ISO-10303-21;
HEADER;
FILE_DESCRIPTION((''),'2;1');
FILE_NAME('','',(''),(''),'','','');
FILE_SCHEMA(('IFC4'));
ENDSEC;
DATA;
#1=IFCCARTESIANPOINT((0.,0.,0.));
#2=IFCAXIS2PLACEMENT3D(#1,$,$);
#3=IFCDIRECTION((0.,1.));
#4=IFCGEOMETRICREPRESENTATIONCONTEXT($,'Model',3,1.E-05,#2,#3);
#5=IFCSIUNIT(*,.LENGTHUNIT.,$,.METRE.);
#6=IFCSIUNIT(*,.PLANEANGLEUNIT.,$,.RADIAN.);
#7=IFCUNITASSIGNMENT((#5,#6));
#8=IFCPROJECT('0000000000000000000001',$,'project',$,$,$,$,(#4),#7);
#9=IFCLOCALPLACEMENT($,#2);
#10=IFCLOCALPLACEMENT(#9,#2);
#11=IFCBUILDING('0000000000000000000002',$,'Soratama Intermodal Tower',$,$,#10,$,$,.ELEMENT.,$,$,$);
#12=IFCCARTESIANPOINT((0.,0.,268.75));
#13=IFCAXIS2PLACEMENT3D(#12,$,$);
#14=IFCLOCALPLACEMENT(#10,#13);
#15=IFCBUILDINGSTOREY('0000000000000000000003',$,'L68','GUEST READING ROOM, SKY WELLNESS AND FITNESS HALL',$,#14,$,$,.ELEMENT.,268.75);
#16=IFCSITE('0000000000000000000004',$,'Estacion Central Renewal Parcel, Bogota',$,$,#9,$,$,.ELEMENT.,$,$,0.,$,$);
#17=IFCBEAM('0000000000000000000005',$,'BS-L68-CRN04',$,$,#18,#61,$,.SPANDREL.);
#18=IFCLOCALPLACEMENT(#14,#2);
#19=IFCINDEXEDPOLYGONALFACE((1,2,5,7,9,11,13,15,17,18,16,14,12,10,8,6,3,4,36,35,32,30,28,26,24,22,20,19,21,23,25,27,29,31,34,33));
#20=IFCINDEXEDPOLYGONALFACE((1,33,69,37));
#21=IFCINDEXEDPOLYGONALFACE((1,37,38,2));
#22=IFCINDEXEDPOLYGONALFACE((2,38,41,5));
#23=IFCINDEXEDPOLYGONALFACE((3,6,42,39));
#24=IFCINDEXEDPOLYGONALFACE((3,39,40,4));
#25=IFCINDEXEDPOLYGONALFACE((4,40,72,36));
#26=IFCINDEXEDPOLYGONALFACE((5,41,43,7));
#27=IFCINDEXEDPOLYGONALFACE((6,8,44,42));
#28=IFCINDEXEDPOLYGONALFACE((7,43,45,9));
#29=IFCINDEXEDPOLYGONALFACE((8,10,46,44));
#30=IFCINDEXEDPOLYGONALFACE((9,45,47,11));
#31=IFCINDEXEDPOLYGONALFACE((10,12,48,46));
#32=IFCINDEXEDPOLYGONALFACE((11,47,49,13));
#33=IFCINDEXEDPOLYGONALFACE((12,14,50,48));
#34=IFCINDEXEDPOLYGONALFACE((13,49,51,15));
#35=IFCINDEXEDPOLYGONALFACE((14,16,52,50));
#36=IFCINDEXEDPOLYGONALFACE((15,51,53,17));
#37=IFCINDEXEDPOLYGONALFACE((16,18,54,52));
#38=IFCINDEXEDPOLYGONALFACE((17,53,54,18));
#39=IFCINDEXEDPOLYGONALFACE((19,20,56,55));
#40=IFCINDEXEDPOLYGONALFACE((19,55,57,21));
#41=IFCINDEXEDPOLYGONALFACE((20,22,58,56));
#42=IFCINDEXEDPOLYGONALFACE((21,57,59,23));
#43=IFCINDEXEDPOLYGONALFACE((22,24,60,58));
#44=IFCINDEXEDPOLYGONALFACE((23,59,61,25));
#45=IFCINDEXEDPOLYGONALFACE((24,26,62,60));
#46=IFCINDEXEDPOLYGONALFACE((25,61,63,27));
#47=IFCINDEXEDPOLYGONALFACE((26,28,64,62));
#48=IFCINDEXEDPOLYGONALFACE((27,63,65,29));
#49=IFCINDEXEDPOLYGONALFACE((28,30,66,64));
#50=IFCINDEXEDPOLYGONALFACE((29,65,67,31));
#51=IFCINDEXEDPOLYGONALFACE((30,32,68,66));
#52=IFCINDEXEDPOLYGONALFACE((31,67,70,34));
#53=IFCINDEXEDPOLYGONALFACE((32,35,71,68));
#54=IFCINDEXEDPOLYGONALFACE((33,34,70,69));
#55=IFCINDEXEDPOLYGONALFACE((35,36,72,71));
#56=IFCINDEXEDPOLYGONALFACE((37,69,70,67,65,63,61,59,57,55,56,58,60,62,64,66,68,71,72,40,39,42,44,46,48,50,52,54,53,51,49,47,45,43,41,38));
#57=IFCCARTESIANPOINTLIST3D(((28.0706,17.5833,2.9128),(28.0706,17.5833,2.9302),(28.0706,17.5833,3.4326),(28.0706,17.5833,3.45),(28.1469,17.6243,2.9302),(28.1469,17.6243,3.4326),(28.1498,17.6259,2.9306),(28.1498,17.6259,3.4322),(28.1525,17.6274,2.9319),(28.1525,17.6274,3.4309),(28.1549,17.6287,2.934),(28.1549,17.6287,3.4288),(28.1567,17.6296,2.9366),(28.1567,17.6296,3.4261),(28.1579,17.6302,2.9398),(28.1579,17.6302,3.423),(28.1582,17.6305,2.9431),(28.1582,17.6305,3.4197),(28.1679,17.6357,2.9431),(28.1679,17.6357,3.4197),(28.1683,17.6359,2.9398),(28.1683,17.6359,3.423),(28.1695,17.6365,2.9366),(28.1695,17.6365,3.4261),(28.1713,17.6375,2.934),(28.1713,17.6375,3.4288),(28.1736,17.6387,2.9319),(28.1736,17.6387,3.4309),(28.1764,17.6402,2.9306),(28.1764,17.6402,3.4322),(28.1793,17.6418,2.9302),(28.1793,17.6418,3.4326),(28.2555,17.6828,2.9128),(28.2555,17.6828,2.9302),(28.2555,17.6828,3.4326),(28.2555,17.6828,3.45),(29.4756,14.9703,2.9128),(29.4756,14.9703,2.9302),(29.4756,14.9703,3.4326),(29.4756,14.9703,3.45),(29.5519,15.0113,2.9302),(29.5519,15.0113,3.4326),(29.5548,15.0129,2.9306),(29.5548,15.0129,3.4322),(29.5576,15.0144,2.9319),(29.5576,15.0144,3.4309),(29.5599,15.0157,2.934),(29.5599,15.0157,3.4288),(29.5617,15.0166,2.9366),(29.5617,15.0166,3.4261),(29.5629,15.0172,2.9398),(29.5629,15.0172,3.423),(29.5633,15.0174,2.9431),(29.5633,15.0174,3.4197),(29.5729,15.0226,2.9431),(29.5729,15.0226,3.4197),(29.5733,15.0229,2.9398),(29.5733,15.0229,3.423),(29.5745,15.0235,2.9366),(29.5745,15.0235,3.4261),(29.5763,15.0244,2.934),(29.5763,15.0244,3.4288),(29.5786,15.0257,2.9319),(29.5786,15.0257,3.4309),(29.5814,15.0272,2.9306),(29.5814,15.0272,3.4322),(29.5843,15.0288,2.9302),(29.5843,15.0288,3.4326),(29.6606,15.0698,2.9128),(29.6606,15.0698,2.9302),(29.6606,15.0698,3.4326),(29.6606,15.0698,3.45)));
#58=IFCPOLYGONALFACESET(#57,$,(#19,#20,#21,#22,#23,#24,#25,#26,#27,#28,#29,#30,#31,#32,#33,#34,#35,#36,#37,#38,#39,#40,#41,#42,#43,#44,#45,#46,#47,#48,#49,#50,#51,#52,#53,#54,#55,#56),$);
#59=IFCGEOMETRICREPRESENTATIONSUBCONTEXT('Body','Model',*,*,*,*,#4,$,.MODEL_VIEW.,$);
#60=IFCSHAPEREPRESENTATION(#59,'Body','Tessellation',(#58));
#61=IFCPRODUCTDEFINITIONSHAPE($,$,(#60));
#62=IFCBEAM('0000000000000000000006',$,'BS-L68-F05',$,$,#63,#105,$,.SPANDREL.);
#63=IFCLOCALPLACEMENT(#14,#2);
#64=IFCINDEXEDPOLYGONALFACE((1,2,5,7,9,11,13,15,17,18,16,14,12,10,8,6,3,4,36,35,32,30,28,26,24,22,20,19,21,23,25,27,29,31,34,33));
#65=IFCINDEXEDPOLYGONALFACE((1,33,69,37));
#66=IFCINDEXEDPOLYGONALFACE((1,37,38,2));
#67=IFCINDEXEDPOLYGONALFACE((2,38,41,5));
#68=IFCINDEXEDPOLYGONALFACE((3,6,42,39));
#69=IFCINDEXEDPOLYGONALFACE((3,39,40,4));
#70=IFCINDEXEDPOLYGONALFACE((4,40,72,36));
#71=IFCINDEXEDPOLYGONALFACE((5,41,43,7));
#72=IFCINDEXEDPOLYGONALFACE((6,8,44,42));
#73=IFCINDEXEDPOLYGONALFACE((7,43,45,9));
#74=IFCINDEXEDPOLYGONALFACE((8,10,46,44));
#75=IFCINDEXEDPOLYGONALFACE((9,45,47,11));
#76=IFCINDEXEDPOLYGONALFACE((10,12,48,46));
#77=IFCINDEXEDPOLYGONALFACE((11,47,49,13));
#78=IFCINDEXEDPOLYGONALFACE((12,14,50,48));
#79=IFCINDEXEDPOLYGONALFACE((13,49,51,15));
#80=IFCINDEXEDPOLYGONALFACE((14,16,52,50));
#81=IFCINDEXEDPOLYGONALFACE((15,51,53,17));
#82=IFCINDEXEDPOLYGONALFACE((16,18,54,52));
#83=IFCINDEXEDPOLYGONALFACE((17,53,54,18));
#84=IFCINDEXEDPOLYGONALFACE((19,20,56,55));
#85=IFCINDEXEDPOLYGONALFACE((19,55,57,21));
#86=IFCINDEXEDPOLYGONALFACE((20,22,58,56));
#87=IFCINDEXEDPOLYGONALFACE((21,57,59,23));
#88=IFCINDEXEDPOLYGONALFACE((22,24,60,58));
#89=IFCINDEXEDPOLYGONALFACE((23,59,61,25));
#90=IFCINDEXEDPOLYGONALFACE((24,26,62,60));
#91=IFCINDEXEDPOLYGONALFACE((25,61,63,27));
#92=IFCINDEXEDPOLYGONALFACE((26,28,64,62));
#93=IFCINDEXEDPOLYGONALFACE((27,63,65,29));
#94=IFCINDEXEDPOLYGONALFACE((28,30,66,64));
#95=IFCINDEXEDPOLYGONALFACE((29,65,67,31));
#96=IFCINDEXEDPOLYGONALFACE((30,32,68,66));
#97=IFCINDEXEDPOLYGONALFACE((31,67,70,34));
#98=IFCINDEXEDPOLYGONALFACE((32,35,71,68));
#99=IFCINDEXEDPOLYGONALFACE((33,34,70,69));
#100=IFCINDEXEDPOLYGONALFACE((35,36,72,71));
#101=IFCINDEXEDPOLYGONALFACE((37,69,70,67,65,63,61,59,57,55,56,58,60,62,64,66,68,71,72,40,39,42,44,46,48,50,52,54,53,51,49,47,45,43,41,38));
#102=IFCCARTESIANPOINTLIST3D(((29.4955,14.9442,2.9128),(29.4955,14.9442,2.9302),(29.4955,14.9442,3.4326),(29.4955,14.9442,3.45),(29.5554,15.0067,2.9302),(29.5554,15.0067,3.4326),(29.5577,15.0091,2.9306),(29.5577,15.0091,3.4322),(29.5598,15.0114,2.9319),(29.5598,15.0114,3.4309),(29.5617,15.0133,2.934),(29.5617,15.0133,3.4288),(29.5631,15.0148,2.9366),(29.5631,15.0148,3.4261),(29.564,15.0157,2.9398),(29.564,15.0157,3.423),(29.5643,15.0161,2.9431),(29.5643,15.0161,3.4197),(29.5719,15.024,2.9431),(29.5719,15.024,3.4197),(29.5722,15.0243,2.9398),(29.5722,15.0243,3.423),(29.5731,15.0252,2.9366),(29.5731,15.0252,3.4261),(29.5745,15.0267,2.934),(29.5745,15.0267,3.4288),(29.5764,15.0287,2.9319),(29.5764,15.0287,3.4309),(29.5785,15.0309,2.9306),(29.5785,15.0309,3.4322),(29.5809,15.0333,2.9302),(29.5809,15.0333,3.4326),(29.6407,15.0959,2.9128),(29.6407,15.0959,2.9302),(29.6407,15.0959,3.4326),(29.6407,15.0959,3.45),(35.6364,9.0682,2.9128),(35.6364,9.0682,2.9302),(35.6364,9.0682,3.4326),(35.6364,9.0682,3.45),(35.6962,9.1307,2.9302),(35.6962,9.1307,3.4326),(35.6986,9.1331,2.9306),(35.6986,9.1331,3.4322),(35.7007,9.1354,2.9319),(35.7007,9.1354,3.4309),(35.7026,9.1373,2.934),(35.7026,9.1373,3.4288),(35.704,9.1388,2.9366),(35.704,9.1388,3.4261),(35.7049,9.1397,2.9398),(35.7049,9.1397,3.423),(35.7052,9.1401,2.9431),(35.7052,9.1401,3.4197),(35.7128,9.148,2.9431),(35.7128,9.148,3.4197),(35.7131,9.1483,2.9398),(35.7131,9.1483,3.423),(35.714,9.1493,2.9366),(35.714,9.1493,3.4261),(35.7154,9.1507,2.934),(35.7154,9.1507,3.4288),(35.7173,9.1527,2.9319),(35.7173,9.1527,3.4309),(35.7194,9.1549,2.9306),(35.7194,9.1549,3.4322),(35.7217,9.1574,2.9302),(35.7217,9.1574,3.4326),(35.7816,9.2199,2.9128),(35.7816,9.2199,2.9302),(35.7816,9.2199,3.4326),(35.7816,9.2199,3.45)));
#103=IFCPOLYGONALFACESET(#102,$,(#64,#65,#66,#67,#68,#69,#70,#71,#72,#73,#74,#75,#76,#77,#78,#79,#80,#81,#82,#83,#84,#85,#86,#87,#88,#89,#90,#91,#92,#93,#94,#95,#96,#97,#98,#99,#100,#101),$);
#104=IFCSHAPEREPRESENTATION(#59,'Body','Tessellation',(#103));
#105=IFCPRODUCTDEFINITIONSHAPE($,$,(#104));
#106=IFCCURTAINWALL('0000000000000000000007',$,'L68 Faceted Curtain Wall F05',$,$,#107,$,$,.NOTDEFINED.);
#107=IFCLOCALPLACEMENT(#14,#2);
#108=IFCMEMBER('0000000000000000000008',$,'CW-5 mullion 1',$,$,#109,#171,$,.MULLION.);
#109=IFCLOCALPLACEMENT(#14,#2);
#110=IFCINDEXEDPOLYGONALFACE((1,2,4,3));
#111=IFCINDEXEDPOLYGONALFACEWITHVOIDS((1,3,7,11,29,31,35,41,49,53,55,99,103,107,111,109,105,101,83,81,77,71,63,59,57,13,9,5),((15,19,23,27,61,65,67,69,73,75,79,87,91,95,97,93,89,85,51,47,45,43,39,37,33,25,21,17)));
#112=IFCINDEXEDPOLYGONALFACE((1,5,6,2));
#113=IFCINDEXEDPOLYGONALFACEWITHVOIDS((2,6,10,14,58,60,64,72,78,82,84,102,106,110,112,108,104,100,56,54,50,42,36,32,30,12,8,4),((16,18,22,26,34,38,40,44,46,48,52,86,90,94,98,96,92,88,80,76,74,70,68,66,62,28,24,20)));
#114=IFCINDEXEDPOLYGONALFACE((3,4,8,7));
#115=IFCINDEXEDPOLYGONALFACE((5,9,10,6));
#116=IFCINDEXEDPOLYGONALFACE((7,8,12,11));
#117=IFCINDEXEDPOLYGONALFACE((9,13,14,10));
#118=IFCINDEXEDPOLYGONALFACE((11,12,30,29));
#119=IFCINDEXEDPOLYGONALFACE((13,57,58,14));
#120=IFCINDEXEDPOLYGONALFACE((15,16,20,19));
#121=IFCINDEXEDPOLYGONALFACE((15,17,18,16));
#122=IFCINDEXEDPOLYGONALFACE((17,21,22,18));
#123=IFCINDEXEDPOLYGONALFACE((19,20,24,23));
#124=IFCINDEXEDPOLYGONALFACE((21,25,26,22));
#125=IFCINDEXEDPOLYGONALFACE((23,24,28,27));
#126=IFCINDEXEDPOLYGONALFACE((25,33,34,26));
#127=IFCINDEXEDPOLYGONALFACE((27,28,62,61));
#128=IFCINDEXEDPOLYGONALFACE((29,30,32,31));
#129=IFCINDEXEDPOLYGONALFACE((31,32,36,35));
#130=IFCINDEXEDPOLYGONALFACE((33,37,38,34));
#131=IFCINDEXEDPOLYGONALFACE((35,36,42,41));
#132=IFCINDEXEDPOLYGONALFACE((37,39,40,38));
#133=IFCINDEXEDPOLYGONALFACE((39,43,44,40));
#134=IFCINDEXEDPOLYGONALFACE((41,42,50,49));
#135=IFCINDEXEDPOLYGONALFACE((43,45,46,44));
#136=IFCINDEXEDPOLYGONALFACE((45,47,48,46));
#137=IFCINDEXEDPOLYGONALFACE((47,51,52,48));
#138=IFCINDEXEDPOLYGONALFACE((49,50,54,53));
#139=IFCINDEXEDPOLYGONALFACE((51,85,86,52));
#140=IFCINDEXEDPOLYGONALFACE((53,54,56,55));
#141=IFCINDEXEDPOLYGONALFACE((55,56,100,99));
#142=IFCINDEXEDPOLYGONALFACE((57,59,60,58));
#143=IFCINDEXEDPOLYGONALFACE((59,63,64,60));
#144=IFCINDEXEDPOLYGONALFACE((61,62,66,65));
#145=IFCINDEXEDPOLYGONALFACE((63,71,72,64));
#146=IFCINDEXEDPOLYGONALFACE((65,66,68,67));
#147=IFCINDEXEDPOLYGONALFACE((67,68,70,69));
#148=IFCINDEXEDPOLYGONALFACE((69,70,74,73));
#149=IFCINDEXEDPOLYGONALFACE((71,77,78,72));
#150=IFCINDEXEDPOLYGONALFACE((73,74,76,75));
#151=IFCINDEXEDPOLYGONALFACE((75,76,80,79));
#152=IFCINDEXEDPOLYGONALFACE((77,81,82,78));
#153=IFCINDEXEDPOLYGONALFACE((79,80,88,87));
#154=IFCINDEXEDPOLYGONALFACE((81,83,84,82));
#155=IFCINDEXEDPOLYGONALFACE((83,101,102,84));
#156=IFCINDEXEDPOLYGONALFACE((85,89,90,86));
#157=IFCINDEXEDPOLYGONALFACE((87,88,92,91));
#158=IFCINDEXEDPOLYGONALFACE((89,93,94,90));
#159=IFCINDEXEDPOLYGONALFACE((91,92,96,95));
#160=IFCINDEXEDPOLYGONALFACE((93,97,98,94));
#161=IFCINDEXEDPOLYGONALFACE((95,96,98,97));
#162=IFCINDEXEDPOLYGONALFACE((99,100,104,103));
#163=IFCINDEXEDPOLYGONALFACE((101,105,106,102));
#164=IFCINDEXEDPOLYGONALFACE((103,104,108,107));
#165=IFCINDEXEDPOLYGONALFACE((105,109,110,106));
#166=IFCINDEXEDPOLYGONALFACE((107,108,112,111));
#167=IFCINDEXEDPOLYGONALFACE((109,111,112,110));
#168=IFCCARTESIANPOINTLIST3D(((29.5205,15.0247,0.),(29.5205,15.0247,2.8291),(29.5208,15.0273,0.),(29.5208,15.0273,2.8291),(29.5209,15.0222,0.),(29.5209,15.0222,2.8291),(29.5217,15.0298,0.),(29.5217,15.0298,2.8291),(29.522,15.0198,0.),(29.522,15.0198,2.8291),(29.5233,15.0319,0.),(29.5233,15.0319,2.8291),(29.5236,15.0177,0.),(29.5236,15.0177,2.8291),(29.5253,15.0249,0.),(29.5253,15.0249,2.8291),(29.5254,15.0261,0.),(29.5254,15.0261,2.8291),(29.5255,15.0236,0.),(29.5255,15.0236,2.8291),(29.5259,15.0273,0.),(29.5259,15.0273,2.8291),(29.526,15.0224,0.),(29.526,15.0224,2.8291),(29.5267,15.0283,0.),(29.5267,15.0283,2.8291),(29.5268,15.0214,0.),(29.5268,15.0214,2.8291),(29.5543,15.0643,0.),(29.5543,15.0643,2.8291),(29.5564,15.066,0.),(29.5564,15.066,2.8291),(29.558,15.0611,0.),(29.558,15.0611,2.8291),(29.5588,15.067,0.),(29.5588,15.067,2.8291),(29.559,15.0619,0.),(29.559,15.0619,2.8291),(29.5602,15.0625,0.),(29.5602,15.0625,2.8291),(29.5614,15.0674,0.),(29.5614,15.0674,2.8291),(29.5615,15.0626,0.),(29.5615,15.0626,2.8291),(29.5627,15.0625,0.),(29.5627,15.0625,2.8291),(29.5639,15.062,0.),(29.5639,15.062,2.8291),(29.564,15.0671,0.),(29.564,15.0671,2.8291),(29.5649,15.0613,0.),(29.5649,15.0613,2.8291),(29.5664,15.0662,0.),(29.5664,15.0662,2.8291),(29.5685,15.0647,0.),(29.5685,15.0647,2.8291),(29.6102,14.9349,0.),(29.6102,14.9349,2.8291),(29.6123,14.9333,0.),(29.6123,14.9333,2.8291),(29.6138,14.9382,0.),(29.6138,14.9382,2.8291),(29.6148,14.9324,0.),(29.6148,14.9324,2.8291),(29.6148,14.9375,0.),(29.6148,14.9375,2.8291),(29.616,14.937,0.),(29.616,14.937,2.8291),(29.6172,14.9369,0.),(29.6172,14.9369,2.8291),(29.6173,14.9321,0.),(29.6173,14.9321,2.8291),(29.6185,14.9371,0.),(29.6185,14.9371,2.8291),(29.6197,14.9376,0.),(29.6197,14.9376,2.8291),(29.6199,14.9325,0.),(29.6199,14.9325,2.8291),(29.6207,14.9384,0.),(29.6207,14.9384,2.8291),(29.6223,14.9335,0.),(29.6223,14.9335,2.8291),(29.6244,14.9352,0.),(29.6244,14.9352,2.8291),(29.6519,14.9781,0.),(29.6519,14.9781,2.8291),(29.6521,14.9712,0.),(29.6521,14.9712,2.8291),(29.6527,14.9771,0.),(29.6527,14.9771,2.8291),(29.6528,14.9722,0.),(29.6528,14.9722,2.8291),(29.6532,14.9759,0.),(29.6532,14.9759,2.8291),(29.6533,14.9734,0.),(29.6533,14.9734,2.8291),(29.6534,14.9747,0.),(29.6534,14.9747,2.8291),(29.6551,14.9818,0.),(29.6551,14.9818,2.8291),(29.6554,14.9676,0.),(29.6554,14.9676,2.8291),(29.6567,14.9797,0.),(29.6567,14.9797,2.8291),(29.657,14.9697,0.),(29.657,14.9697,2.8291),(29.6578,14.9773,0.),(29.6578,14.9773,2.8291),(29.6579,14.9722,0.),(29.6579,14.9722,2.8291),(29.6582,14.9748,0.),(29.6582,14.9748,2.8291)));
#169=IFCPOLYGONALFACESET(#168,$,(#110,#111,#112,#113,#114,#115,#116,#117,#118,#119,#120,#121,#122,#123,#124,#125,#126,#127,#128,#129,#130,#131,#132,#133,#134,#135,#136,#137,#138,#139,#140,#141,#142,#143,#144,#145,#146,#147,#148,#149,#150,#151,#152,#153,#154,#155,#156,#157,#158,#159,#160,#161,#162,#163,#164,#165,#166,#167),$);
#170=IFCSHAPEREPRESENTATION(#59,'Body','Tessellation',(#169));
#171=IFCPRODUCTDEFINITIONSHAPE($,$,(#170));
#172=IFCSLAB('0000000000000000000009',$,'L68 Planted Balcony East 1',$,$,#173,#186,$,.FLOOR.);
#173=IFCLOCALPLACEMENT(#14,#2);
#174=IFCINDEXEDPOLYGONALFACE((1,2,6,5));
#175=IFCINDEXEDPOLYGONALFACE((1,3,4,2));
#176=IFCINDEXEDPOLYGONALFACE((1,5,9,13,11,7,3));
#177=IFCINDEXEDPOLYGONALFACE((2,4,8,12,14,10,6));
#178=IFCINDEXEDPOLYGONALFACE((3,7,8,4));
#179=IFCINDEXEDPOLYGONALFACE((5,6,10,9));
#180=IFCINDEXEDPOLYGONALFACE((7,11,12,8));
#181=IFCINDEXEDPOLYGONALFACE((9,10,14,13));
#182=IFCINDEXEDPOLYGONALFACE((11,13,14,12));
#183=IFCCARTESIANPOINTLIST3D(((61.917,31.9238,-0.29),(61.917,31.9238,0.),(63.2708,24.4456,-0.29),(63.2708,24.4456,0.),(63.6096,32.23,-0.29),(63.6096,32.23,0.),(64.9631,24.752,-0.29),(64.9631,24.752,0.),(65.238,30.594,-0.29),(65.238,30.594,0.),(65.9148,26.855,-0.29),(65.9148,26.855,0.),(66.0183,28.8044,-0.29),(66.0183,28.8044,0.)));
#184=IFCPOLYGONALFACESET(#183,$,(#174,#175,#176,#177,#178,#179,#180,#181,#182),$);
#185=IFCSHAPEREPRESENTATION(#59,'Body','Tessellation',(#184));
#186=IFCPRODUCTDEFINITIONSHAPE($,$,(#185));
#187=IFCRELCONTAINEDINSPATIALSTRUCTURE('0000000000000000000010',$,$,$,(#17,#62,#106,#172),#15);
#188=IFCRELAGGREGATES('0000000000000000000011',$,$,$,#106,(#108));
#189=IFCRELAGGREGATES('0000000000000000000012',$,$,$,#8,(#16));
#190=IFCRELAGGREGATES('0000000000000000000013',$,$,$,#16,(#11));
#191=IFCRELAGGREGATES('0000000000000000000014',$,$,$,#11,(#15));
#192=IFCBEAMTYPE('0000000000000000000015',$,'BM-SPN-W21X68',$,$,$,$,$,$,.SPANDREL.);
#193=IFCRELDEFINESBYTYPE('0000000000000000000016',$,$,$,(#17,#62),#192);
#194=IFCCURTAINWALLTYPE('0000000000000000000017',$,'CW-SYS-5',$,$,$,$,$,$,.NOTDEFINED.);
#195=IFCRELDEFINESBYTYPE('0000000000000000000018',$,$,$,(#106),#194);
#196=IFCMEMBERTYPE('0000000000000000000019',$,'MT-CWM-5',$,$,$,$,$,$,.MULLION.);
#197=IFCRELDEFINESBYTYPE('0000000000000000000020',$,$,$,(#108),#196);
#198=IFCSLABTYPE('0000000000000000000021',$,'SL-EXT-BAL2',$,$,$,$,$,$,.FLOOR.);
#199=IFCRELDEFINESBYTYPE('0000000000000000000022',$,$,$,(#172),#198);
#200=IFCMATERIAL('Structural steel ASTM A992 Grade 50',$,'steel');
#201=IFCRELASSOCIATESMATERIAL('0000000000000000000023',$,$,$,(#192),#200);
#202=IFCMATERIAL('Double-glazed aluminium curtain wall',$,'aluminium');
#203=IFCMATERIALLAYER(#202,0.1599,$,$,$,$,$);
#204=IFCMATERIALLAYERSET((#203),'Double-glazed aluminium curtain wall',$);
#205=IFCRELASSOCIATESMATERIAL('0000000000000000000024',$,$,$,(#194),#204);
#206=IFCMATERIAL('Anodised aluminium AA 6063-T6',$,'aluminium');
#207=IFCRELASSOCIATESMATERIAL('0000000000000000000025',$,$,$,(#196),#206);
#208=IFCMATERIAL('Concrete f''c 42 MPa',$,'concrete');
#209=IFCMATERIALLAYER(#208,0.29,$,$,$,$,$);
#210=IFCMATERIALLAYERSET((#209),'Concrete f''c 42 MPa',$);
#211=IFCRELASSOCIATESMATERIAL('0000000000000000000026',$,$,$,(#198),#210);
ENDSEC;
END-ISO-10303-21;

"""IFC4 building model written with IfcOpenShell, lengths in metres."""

from ifc_helpers import new_model, si_unit, direction, frame, origin, origin_2d, place, context, subcontext, project, spatial, polyline, hollow_rectangle, i_section, outline, extrude, material, layer, layer_set, material_profile, profile_set, type_object, element, aggregate, save


model = new_model("IFC4")

# Units and contexts
model_context = context("Model", 3, precision=1e-05, world=origin(), true_north=direction((0.0, 1.0)))
body_context = subcontext(model_context, "Body", "Model", "MODEL_VIEW")
ifc_project = project(units=[si_unit("LENGTHUNIT", "METRE"), si_unit("PLANEANGLEUNIT", "RADIAN")], contexts=[model_context])

# Site, building, storey
site_placement = place(None, origin())
site = spatial("IfcSite", under=ifc_project, at=site_placement, Name="Estacion Central Renewal Parcel, Bogota", CompositionType="ELEMENT", RefElevation=0.0)
building_placement = place(site_placement, origin())
building = spatial("IfcBuilding", under=site, at=building_placement, Name="Soratama Intermodal Tower", CompositionType="ELEMENT")
storey_placement = place(building_placement, frame((0.0, 0.0, 268.75)))
storey = spatial("IfcBuildingStorey", under=building, at=storey_placement, Name="L68", Description="GUEST READING ROOM, SKY WELLNESS AND FITNESS HALL", CompositionType="ELEMENT", Elevation=268.75)

# Beams
ifc_material_1 = material(Name="Structural steel ASTM A992 Grade 50", Category="steel")
ifc_material_profile_1 = material_profile(ifc_material_1, i_section(OverallWidth=0.21, OverallDepth=0.5371, WebThickness=0.011, FlangeThickness=0.0173, FilletRadius=0.0129, at=origin_2d()), Name="W21X68")
ifc_profile_set_1 = profile_set([ifc_material_profile_1], Name="Structural steel ASTM A992 Grade 50")
beam_type_1 = type_object("IfcBeamType", Name="BM-SPN-W21X68", PredefinedType="SPANDREL", material=ifc_profile_set_1)
beam_1_placement = place(storey_placement, frame((28.1631, 17.6331, 3.1814), z_axis=(0.47358, -0.880751, 0.0), x_axis=(0.880751, 0.47358, 0.0)))
element("IfcBeam", 1, at=beam_1_placement, inside=storey, type_object=beam_type_1, Name="BS-L68-CRN04", PredefinedType="SPANDREL", context=body_context, shape_type="SweptSolid", body=[
    extrude(i_section(OverallWidth=0.21, OverallDepth=0.5371, WebThickness=0.011, FlangeThickness=0.0173, FilletRadius=0.0129, at=origin_2d()), origin(), (0.0, 0.0, 1.0), 2.9668),
])
beam_2_placement = place(storey_placement, frame((29.5681, 15.02, 3.1814), z_axis=(0.722518, -0.691352, 0.0), x_axis=(0.691352, 0.722518, 0.0)))
element("IfcBeam", 2, at=beam_2_placement, inside=storey, type_object=beam_type_1, Name="BS-L68-F05", PredefinedType="SPANDREL", context=body_context, shape_type="SweptSolid", body=[
    extrude(i_section(OverallWidth=0.21, OverallDepth=0.5371, WebThickness=0.011, FlangeThickness=0.0173, FilletRadius=0.0129, at=origin_2d()), origin(), (0.0, 0.0, 1.0), 8.4993),
])

# Curtain wall, member
ifc_material_2 = material(Name="Double-glazed aluminium curtain wall", Category="aluminium")
ifc_layer_1 = layer(ifc_material_2, 0.1599)
ifc_layer_set_1 = layer_set([ifc_layer_1], Name="Double-glazed aluminium curtain wall")
curtain_wall_type = type_object("IfcCurtainWallType", Name="CW-SYS-5", PredefinedType="NOTDEFINED", material=ifc_layer_set_1)
curtain_wall_placement = place(storey_placement, origin())
curtain_wall = element("IfcCurtainWall", 3, at=curtain_wall_placement, inside=storey, type_object=curtain_wall_type, Name="L68 Faceted Curtain Wall F05", PredefinedType="NOTDEFINED")
ifc_material_3 = material(Name="Anodised aluminium AA 6063-T6", Category="aluminium")
ifc_material_profile_2 = material_profile(ifc_material_3, hollow_rectangle(XDim=0.0649, YDim=0.1399, WallThickness=0.0049, InnerFilletRadius=0.0049, OuterFilletRadius=0.01, at=origin_2d()), Name="CWM140X65X5")
ifc_profile_set_2 = profile_set([ifc_material_profile_2], Name="Anodised aluminium AA 6063-T6")
member_type = type_object("IfcMemberType", Name="MT-CWM-5", PredefinedType="MULLION", material=ifc_profile_set_2)
member_placement = place(storey_placement, frame((29.5894, 14.9998, 0.0), z_axis=(0.0, 0.0, 1.0), x_axis=(0.691389, 0.722483, 0.0)))
member = element("IfcMember", 4, at=member_placement, type_object=member_type, Name="CW-5 mullion 1", PredefinedType="MULLION", context=body_context, shape_type="SweptSolid", body=[
    extrude(hollow_rectangle(XDim=0.0649, YDim=0.1399, WallThickness=0.0049, InnerFilletRadius=0.0049, OuterFilletRadius=0.01, at=origin_2d()), origin(), (0.0, 0.0, 1.0), 2.8291),
])
aggregate(curtain_wall, [member])

# Slab
ifc_material_4 = material(Name="Concrete f'c 42 MPa", Category="concrete")
ifc_layer_2 = layer(ifc_material_4, 0.29)
ifc_layer_set_2 = layer_set([ifc_layer_2], Name="Concrete f'c 42 MPa")
slab_type_1 = type_object("IfcSlabType", Name="SL-EXT-BAL2", PredefinedType="FLOOR", material=ifc_layer_set_2)
slab_1_placement = place(storey_placement, frame((0.0, 0.0, -0.29)))
element("IfcSlab", 5, at=slab_1_placement, inside=storey, type_object=slab_type_1, Name="L68 Planted Balcony East 1", PredefinedType="FLOOR", context=body_context, shape_type="SweptSolid", body=[
    extrude(outline(polyline([(63.2708, 24.4456), (61.917, 31.9238), (63.6096, 32.23), (65.238, 30.594), (66.0183, 28.8044), (65.9148, 26.855), (64.9631, 24.752), (63.2708, 24.4456)])), origin(), (0.0, 0.0, 1.0), 0.29),
])

save(model, "model.ifc")
